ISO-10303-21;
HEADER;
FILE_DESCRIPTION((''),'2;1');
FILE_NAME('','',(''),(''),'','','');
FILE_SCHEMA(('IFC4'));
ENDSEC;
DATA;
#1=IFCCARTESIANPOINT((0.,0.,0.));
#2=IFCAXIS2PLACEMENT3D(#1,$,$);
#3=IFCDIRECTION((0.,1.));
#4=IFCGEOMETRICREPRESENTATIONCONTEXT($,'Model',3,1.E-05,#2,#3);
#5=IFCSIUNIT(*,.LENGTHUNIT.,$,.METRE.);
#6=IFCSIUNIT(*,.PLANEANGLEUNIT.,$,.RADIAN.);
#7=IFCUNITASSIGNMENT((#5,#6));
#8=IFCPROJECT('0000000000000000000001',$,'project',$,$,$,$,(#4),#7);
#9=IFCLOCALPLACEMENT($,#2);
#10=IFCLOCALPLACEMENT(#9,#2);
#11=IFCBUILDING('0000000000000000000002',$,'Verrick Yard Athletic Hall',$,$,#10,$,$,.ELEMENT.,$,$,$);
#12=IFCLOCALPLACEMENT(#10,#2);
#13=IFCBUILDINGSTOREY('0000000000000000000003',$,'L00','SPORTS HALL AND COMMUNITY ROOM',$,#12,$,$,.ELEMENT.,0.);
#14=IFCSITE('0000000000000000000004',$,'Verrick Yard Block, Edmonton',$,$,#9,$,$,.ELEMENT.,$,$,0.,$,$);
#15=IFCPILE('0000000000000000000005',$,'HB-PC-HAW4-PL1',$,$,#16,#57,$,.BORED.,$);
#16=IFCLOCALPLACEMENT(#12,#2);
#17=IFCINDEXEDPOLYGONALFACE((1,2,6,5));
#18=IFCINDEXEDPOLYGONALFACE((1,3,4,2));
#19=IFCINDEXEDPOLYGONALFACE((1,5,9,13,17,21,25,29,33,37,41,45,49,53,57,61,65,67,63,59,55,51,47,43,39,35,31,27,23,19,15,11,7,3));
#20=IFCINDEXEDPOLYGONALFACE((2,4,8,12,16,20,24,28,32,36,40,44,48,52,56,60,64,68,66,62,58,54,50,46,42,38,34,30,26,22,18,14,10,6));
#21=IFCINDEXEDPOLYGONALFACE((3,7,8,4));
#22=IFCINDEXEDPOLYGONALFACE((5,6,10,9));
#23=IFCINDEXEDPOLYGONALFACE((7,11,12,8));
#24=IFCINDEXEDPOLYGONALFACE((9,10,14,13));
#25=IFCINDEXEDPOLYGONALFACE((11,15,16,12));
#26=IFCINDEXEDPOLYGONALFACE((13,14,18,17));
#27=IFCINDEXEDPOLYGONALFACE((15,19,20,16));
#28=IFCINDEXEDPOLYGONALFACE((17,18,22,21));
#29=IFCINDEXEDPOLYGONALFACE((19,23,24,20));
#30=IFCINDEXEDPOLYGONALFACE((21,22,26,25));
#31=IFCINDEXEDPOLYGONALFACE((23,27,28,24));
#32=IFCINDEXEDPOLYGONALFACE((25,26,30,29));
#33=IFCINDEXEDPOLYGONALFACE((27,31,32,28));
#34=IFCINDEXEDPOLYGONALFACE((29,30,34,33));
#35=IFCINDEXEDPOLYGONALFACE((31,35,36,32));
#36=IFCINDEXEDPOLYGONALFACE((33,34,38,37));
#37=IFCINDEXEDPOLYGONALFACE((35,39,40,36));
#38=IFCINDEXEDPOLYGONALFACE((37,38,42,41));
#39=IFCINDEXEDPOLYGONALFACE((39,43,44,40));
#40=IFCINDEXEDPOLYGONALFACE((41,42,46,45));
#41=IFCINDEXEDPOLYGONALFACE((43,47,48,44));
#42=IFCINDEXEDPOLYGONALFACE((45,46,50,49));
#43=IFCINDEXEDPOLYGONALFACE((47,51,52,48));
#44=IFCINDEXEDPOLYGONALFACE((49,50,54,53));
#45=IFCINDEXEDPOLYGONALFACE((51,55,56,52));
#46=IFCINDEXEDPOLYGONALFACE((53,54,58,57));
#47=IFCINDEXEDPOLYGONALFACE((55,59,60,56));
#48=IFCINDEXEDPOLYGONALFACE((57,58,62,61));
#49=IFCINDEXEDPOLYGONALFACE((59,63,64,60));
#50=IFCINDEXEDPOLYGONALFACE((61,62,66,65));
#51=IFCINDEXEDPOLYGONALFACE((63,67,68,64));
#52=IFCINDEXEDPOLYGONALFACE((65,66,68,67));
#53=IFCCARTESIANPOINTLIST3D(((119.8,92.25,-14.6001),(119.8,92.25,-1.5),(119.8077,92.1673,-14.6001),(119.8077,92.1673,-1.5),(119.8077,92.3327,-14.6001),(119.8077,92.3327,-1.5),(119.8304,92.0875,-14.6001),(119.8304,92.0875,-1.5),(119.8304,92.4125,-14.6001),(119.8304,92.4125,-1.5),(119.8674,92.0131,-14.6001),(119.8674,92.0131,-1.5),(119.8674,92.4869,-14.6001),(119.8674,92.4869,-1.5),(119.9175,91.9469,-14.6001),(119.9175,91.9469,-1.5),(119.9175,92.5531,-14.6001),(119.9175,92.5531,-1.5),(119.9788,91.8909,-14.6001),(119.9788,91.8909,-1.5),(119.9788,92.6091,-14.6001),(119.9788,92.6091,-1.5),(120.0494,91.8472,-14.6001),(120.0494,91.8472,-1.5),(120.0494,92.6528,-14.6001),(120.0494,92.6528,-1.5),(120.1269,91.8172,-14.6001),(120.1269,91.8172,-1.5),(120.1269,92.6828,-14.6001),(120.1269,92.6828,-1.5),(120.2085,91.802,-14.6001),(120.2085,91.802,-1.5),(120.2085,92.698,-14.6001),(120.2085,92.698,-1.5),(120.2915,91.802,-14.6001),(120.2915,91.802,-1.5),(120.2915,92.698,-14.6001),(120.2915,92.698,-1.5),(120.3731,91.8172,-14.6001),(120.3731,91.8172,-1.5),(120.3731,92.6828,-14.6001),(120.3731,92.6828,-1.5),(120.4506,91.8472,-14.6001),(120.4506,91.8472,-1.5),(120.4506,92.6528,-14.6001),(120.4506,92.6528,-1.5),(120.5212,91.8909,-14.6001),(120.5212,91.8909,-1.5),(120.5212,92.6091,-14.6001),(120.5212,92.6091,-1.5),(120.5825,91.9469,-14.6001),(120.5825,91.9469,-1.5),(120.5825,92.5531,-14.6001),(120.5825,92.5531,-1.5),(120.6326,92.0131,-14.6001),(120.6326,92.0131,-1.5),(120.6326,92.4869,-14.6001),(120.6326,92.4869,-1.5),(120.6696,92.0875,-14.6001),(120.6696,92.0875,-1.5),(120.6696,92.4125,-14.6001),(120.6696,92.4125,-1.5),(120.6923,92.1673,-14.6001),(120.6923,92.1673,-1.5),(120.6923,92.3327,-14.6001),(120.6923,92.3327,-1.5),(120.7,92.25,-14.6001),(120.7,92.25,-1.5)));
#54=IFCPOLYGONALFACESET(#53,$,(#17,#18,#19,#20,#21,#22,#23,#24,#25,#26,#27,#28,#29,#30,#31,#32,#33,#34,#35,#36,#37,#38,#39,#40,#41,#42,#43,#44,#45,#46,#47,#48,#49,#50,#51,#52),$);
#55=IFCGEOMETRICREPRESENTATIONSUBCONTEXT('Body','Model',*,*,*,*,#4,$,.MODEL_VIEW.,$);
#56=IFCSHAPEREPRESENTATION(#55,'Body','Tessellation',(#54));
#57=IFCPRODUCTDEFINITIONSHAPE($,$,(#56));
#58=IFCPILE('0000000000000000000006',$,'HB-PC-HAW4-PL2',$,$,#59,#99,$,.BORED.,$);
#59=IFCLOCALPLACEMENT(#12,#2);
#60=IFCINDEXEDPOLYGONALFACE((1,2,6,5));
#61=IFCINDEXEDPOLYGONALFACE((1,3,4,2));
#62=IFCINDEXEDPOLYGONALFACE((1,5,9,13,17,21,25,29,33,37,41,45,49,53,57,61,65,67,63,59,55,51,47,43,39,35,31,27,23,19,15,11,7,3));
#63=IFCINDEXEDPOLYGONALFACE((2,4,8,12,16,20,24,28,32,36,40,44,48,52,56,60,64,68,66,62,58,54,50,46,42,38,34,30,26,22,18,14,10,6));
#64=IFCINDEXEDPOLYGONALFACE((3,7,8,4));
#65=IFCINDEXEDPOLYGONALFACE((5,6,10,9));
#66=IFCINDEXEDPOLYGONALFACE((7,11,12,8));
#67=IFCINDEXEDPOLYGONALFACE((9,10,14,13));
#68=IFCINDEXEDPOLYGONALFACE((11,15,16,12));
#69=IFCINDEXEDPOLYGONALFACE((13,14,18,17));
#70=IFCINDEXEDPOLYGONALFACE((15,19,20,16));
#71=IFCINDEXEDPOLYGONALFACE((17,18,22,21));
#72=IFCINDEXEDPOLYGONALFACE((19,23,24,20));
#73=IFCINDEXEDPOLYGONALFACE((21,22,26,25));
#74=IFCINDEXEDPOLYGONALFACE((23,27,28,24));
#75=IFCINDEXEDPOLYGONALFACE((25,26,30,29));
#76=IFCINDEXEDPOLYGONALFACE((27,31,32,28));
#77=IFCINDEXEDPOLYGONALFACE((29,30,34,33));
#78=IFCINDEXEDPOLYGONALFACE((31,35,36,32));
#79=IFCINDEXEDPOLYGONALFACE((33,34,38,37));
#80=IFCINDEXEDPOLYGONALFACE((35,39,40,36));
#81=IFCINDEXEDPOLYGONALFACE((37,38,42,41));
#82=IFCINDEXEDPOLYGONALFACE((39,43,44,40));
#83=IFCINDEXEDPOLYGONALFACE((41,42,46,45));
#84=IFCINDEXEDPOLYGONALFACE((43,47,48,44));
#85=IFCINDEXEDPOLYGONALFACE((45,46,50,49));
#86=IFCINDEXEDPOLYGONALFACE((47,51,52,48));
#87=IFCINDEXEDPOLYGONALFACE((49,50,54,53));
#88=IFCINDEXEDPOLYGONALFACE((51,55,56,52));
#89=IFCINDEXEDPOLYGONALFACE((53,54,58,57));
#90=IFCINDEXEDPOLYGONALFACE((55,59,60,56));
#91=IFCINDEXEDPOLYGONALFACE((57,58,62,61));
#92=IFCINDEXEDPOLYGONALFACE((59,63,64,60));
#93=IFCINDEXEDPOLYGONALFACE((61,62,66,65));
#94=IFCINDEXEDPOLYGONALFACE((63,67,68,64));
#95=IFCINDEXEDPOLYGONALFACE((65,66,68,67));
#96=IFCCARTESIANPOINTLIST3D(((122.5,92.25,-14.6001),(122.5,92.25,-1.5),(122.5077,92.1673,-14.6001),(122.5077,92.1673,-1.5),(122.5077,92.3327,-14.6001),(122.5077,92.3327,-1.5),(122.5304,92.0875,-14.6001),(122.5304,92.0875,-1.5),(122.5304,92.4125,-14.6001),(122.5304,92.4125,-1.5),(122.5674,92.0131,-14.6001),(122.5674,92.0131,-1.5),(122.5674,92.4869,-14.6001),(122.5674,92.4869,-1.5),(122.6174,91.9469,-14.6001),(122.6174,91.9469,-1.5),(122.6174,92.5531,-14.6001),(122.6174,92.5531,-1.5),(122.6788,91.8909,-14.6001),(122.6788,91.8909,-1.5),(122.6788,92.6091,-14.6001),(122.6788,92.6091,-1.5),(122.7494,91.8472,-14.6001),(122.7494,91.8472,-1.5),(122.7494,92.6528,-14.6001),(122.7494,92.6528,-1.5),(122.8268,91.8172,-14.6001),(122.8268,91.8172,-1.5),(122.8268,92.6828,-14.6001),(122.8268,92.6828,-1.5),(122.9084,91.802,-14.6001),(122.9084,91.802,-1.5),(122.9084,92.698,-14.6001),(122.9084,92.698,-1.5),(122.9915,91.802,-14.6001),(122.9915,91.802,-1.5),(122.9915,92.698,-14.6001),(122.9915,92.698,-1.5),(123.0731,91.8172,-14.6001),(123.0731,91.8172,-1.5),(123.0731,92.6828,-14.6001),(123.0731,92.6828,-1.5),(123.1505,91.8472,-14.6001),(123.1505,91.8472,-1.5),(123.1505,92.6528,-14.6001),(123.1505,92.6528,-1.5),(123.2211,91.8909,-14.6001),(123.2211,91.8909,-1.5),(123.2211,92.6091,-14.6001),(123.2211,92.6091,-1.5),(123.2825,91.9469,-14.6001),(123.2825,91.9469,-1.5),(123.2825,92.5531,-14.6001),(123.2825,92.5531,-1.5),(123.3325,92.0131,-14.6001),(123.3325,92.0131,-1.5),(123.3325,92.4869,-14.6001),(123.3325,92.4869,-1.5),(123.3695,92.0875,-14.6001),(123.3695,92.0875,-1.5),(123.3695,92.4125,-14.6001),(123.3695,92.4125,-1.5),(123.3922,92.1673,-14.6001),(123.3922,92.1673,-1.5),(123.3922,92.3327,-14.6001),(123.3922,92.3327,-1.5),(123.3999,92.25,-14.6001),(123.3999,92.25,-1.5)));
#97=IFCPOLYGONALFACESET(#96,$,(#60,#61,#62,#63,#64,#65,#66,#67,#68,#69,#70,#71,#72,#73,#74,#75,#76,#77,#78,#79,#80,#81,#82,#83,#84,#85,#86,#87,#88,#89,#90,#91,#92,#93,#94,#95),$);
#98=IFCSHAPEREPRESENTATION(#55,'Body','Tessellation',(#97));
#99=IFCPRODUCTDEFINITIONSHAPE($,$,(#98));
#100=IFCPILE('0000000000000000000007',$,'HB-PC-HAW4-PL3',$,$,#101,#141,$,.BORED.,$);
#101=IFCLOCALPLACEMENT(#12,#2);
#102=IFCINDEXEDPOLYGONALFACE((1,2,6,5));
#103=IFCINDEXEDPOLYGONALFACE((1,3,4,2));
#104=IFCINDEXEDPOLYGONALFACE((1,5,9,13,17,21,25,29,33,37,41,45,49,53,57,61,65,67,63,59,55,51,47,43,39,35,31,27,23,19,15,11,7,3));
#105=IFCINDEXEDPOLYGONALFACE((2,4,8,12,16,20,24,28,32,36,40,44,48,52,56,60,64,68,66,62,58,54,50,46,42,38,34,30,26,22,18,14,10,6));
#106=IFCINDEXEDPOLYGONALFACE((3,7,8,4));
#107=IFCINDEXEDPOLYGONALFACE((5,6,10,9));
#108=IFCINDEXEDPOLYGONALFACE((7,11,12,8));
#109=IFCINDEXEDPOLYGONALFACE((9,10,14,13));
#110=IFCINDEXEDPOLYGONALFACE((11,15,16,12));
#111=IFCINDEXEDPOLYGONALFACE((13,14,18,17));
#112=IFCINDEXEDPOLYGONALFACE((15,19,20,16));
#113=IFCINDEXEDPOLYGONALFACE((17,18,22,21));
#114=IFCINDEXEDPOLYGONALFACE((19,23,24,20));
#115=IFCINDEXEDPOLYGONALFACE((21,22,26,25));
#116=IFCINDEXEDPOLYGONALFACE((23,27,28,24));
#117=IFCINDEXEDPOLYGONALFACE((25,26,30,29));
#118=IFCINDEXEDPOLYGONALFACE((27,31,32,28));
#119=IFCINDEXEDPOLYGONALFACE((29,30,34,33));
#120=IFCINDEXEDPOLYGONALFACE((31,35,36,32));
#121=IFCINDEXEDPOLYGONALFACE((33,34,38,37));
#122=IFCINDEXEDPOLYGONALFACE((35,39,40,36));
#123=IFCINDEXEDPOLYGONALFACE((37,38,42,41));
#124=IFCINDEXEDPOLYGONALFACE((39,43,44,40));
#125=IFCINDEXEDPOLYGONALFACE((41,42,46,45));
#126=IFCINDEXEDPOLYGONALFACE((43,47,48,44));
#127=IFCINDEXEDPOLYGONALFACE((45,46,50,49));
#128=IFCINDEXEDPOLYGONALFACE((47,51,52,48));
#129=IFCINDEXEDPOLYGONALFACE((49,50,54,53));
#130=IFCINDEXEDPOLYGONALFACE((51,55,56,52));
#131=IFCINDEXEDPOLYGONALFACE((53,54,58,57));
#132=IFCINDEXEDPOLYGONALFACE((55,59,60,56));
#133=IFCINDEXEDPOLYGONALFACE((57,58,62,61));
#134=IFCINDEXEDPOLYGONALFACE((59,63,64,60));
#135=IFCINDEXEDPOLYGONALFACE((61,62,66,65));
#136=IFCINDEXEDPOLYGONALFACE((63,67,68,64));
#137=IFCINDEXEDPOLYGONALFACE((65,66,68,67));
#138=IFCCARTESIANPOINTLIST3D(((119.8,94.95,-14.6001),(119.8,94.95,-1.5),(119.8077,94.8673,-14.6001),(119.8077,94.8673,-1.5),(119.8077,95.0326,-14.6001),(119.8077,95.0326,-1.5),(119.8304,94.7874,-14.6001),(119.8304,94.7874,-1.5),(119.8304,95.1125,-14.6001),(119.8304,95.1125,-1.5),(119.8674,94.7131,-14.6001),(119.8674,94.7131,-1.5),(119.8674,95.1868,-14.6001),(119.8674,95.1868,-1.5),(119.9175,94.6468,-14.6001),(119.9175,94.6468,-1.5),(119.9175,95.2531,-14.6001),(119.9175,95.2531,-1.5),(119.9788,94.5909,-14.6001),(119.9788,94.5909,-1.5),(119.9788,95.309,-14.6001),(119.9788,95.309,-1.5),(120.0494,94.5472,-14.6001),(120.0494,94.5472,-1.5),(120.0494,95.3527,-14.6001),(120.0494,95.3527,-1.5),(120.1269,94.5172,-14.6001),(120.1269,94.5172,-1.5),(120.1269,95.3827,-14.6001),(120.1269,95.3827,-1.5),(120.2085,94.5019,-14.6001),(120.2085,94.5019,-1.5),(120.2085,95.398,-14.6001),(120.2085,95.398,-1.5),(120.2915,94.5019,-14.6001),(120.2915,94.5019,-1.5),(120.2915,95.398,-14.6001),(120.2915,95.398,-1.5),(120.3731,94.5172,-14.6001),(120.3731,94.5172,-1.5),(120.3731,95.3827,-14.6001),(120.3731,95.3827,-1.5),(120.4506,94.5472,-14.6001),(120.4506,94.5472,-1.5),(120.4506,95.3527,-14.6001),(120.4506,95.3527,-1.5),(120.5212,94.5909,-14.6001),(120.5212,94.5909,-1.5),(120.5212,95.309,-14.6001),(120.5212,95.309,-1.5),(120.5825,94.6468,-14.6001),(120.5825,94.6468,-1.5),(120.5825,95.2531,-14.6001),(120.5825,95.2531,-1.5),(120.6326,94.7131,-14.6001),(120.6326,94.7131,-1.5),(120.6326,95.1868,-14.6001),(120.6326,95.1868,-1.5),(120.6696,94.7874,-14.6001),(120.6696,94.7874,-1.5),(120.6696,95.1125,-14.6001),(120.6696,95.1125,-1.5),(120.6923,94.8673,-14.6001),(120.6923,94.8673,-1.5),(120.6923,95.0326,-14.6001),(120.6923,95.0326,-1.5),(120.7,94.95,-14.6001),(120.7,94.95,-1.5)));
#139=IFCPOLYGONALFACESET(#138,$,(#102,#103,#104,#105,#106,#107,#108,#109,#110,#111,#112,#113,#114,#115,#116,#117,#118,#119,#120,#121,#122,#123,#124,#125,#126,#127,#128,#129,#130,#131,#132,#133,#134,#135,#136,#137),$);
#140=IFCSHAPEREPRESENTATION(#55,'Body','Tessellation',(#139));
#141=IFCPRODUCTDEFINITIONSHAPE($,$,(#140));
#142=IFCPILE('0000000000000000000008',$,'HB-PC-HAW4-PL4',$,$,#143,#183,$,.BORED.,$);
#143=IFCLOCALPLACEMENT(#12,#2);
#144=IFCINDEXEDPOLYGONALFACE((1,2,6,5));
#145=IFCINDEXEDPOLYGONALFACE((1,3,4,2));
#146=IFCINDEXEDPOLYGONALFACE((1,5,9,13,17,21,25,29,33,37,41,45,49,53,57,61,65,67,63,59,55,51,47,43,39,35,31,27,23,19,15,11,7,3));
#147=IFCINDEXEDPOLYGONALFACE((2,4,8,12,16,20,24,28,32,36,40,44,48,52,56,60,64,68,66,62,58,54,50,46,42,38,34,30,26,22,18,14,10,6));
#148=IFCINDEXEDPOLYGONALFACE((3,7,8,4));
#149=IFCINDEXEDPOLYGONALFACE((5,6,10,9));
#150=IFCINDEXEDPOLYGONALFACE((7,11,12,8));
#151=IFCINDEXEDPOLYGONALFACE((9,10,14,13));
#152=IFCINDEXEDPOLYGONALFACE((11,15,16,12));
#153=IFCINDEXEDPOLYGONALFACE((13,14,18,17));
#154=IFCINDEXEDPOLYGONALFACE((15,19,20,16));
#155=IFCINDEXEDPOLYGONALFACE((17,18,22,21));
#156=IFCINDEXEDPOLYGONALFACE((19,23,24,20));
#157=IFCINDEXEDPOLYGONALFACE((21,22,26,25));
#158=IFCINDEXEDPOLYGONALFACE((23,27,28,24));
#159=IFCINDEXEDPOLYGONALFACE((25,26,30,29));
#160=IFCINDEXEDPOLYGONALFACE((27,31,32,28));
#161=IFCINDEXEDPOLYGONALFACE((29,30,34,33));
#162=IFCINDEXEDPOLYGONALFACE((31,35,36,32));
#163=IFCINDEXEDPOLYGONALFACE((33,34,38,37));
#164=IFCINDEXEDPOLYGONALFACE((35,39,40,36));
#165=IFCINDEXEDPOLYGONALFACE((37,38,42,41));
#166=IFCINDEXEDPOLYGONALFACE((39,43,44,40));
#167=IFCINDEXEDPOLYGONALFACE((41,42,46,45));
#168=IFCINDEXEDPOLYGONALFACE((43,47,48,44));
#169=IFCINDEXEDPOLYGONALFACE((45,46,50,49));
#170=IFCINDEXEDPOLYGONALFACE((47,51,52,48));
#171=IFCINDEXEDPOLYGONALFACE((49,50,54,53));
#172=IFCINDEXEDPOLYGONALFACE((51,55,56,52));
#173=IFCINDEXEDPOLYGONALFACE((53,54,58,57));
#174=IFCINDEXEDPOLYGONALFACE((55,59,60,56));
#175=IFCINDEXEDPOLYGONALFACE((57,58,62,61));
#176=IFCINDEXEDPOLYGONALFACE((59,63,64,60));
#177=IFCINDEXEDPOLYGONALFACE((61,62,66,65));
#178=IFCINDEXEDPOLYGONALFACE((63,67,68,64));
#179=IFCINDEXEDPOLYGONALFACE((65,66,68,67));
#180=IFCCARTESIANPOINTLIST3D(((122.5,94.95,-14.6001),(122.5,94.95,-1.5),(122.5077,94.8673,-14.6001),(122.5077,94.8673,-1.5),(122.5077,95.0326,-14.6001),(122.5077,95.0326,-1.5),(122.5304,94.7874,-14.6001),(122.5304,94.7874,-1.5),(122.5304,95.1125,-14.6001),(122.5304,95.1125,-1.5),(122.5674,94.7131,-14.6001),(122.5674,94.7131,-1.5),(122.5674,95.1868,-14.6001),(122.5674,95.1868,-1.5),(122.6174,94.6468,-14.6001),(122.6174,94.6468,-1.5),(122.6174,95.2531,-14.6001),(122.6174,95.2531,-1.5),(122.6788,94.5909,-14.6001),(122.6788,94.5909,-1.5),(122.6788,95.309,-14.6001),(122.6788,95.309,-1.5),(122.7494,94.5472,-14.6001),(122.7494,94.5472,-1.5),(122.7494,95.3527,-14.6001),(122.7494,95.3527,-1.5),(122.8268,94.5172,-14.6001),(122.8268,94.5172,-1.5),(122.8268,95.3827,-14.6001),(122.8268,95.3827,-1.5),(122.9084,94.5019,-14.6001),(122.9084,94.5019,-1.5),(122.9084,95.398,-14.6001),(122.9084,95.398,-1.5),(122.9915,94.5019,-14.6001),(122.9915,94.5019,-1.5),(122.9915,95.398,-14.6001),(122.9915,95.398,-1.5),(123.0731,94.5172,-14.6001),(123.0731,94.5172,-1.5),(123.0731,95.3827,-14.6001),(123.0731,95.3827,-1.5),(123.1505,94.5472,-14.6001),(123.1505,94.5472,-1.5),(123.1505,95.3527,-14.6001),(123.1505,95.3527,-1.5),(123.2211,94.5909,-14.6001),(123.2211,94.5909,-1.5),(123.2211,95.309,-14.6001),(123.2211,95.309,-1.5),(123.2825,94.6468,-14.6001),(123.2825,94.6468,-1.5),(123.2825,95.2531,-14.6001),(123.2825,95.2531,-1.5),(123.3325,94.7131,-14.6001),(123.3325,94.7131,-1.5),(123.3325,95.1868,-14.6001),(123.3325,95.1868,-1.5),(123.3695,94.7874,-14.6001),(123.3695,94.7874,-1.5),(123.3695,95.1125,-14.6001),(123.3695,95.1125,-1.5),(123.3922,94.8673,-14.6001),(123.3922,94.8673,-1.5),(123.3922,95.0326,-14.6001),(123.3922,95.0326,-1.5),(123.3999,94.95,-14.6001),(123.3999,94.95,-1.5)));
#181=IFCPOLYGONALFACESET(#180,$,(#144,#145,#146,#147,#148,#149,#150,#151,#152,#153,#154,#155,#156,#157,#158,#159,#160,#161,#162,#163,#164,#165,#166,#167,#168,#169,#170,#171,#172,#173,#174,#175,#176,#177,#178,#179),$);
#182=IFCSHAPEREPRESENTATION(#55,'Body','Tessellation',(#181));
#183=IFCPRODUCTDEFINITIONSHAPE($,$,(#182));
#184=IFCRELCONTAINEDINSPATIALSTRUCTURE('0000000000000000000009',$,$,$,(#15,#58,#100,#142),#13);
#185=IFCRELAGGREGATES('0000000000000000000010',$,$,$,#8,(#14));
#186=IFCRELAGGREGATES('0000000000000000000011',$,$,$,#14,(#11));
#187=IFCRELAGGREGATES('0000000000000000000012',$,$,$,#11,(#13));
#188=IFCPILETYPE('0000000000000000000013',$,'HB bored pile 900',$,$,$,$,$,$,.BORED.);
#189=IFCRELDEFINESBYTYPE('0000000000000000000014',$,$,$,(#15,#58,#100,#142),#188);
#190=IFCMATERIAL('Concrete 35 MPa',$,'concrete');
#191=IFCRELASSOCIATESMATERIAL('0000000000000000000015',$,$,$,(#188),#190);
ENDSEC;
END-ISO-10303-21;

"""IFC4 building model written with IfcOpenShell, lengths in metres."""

from ifc_helpers import new_model, si_unit, direction, frame, origin, origin_2d, place, context, subcontext, project, spatial, circle, extrude, material, material_profile, profile_set, type_object, element, save


model = new_model("IFC4")

# Units and contexts
model_context = context("Model", 3, precision=1e-05, world=origin(), true_north=direction((0.0, 1.0)))
body_context = subcontext(model_context, "Body", "Model", "MODEL_VIEW")
ifc_project = project(units=[si_unit("LENGTHUNIT", "METRE"), si_unit("PLANEANGLEUNIT", "RADIAN")], contexts=[model_context])

# Site, building, storey
site_placement = place(None, origin())
site = spatial("IfcSite", under=ifc_project, at=site_placement, Name="Verrick Yard Block, Edmonton", CompositionType="ELEMENT", RefElevation=0.0)
building_placement = place(site_placement, origin())
building = spatial("IfcBuilding", under=site, at=building_placement, Name="Verrick Yard Athletic Hall", CompositionType="ELEMENT")
storey_placement = place(building_placement, origin())
storey = spatial("IfcBuildingStorey", under=building, at=storey_placement, Name="L00", Description="SPORTS HALL AND COMMUNITY ROOM", CompositionType="ELEMENT", Elevation=0.0)

# Piles
ifc_material_1 = material(Name="Concrete 35 MPa", Category="concrete")
ifc_material_profile_1 = material_profile(ifc_material_1, circle(Radius=0.45, at=origin_2d()), Name="Bored pile 900")
ifc_profile_set_1 = profile_set([ifc_material_profile_1], Name="Concrete 35 MPa")
pile_type = type_object("IfcPileType", Name="HB bored pile 900", PredefinedType="BORED", material=ifc_profile_set_1)
for number, where, z_axis, x_axis, name in (
    (1, (120.25, 92.25, -1.5), (0.0, 0.0, -1.0), (1.0, 0.0, 0.0), "HB-PC-HAW4-PL1"),
    (2, (122.95, 92.25, -1.5), (0.0, 0.0, -1.0), (1.0, 0.0, 0.0), "HB-PC-HAW4-PL2"),
    (3, (120.25, 94.95, -1.5), (0.0, 0.0, -1.0), (1.0, 0.0, 0.0), "HB-PC-HAW4-PL3"),
    (4, (122.95, 94.95, -1.5), (0.0, 0.0, -1.0), (1.0, 0.0, 0.0), "HB-PC-HAW4-PL4"),
):
    element("IfcPile", number, at=place(storey_placement, frame(where, z_axis=z_axis, x_axis=x_axis)), inside=storey, type_object=pile_type, Name=name, PredefinedType="BORED", context=body_context, shape_type="SweptSolid", body=[
        extrude(circle(Radius=0.45, at=origin_2d()), origin(), (0.0, 0.0, 1.0), 13.1001),
    ])

save(model, "model.ifc")
